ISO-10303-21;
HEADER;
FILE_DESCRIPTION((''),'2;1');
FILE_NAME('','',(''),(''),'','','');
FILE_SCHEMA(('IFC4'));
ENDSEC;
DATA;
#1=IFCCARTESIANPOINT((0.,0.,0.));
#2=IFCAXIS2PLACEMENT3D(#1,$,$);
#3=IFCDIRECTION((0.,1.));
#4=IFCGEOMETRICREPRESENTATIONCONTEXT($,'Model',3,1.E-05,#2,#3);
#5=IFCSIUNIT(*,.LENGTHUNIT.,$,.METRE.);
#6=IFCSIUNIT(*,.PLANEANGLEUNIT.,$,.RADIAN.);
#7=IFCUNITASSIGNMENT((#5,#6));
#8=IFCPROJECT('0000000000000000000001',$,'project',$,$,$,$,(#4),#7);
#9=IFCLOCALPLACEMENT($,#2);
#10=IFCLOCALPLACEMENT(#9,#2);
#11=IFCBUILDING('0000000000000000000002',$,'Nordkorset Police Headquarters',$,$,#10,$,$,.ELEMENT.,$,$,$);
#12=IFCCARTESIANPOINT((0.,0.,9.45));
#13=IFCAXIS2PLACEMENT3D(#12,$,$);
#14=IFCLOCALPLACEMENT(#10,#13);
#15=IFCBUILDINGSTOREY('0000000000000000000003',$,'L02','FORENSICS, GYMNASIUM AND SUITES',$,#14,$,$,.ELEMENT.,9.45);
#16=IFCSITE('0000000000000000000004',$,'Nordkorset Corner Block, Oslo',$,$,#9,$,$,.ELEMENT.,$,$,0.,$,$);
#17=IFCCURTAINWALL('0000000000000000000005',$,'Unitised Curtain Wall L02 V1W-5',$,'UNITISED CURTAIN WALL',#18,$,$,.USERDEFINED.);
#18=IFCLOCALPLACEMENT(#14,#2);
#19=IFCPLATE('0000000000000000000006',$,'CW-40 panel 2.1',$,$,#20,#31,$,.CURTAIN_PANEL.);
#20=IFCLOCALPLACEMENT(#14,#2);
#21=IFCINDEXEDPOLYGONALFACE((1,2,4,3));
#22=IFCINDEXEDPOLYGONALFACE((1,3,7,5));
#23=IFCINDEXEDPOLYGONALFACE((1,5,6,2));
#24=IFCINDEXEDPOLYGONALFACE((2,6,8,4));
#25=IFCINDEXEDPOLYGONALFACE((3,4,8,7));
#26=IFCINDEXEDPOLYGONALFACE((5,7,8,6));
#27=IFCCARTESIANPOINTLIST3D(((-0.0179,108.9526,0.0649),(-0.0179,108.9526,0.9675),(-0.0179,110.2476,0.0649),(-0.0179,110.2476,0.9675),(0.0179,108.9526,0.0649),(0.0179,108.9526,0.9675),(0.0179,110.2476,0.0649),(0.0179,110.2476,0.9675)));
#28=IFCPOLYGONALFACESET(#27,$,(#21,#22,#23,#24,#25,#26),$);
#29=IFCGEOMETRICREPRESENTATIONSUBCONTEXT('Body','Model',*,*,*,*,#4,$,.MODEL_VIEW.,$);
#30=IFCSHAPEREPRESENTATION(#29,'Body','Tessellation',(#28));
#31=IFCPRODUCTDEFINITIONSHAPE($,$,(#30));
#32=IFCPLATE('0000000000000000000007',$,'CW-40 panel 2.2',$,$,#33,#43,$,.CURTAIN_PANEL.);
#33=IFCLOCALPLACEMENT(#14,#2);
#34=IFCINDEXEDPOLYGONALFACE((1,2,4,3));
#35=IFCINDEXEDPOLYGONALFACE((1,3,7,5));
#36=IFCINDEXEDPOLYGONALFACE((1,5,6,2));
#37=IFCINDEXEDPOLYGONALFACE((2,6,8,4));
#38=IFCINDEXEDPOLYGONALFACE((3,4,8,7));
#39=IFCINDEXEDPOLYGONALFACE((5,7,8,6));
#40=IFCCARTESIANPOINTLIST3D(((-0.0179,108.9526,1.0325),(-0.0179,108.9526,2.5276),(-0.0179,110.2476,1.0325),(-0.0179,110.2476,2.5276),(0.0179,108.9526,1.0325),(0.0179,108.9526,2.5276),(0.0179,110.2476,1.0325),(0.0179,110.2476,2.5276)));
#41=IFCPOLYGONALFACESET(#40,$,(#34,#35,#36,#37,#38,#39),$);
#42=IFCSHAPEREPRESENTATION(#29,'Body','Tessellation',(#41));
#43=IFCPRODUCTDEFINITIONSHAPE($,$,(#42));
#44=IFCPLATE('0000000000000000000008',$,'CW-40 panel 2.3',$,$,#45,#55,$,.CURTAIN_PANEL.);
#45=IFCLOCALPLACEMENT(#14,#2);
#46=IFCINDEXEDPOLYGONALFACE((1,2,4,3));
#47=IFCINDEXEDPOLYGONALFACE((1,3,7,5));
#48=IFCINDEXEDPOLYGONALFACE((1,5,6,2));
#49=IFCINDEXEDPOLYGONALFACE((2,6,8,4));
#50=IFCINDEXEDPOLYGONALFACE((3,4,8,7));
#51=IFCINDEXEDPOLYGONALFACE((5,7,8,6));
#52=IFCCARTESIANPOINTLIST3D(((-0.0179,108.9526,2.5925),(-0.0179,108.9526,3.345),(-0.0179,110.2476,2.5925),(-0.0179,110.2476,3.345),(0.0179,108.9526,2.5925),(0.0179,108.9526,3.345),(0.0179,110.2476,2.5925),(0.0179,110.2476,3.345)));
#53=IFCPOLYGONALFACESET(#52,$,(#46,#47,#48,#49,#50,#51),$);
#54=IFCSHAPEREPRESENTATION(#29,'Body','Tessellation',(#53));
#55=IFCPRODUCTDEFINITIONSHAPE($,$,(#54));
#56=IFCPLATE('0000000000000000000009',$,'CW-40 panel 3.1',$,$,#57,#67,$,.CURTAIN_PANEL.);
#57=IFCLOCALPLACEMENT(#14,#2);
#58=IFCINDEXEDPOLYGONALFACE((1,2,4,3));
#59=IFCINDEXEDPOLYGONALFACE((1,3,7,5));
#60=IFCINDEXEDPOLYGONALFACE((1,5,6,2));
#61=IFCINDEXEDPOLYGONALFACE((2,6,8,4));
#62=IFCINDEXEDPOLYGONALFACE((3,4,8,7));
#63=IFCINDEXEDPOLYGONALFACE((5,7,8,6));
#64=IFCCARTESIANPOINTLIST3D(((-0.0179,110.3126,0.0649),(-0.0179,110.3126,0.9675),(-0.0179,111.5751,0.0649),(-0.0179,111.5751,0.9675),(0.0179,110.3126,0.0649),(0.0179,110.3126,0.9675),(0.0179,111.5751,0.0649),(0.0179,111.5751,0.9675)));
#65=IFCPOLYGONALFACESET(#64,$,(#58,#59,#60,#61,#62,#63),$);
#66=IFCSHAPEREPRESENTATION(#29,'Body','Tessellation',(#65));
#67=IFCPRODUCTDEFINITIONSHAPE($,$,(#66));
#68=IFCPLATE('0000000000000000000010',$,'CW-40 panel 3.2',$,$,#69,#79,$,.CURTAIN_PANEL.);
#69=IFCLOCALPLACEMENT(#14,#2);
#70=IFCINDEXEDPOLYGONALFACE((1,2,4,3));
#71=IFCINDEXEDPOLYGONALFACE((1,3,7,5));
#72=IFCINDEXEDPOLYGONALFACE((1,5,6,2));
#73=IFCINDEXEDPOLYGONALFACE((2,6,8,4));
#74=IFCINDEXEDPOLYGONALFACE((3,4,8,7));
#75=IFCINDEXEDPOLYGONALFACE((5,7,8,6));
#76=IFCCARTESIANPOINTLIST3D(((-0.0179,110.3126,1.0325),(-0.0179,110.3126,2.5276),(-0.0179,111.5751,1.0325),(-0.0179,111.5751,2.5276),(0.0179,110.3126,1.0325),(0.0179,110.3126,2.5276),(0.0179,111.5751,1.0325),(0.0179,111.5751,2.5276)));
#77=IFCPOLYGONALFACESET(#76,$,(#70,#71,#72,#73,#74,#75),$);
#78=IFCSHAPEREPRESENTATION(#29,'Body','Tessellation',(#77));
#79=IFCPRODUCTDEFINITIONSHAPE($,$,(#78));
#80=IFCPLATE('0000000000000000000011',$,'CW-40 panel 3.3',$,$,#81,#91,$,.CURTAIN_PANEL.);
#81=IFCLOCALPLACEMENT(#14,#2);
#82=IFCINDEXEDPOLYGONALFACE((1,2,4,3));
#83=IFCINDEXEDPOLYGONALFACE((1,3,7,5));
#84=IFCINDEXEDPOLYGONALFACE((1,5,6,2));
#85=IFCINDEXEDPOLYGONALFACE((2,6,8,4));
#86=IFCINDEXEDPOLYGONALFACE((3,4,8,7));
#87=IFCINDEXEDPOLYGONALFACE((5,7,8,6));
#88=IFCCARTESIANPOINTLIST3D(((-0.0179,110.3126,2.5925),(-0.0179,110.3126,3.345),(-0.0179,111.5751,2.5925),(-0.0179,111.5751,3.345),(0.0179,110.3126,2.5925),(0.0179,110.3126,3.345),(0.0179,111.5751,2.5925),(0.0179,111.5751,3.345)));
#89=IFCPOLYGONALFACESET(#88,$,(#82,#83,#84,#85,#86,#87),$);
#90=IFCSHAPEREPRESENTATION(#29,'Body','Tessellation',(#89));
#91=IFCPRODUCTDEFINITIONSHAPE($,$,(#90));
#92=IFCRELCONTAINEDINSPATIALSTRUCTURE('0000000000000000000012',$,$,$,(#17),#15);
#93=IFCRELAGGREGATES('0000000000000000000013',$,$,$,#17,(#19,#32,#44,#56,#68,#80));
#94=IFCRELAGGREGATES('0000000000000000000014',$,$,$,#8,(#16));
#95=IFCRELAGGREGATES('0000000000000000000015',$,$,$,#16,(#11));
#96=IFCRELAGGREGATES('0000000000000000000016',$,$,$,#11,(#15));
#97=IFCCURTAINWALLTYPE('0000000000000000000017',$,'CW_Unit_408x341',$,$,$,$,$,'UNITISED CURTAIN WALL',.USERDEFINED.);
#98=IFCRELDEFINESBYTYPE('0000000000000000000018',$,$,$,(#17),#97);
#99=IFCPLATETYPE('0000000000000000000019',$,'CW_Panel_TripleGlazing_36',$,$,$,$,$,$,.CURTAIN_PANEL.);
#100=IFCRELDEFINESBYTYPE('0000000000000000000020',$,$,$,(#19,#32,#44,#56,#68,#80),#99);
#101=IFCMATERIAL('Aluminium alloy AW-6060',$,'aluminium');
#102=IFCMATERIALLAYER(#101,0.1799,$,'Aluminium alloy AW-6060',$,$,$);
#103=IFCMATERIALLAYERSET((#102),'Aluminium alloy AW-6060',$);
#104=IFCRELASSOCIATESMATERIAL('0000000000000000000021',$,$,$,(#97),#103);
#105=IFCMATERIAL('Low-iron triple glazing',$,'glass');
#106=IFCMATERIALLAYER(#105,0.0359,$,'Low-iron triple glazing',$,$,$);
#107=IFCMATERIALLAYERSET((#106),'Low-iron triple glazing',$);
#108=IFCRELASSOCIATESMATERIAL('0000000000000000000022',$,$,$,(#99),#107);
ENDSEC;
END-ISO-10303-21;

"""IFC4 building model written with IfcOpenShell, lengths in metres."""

from ifc_helpers import new_model, si_unit, direction, frame, origin, origin_2d, place, context, subcontext, project, spatial, rectangle, extrude, material, layer, layer_set, type_object, element, aggregate, save


model = new_model("IFC4")

# Units and contexts
model_context = context("Model", 3, precision=1e-05, world=origin(), true_north=direction((0.0, 1.0)))
body_context = subcontext(model_context, "Body", "Model", "MODEL_VIEW")
ifc_project = project(units=[si_unit("LENGTHUNIT", "METRE"), si_unit("PLANEANGLEUNIT", "RADIAN")], contexts=[model_context])

# Site, building, storey
site_placement = place(None, origin())
site = spatial("IfcSite", under=ifc_project, at=site_placement, Name="Nordkorset Corner Block, Oslo", CompositionType="ELEMENT", RefElevation=0.0)
building_placement = place(site_placement, origin())
building = spatial("IfcBuilding", under=site, at=building_placement, Name="Nordkorset Police Headquarters", CompositionType="ELEMENT")
storey_placement = place(building_placement, frame((0.0, 0.0, 9.45)))
storey = spatial("IfcBuildingStorey", under=building, at=storey_placement, Name="L02", Description="FORENSICS, GYMNASIUM AND SUITES", CompositionType="ELEMENT", Elevation=9.45)

# Curtain wall
ifc_material_1 = material(Name="Aluminium alloy AW-6060", Category="aluminium")
ifc_layer_1 = layer(ifc_material_1, 0.1799, Name="Aluminium alloy AW-6060")
ifc_layer_set_1 = layer_set([ifc_layer_1], Name="Aluminium alloy AW-6060")
curtain_wall_type = type_object("IfcCurtainWallType", Name="CW_Unit_408x341", ElementType="UNITISED CURTAIN WALL", PredefinedType="USERDEFINED", material=ifc_layer_set_1)
curtain_wall_1_placement = place(storey_placement, origin())
curtain_wall_1 = element("IfcCurtainWall", 1, at=curtain_wall_1_placement, inside=storey, type_object=curtain_wall_type, Name="Unitised Curtain Wall L02 V1W-5", ObjectType="UNITISED CURTAIN WALL", PredefinedType="USERDEFINED")

# Plates
ifc_material_2 = material(Name="Low-iron triple glazing", Category="glass")
ifc_layer_2 = layer(ifc_material_2, 0.0359, Name="Low-iron triple glazing")
ifc_layer_set_2 = layer_set([ifc_layer_2], Name="Low-iron triple glazing")
plate_type = type_object("IfcPlateType", Name="CW_Panel_TripleGlazing_36", PredefinedType="CURTAIN_PANEL", material=ifc_layer_set_2)
plate_1_placement = place(storey_placement, frame((0.0, 109.6001, 0.0649), z_axis=(0.0, 0.0, 1.0), x_axis=(0.0, 1.0, 0.0)))
plate_1 = element("IfcPlate", 2, at=plate_1_placement, type_object=plate_type, Name="CW-40 panel 2.1", PredefinedType="CURTAIN_PANEL", context=body_context, shape_type="SweptSolid", body=[
    extrude(rectangle(XDim=1.2949, YDim=0.0359, at=origin_2d()), origin(), (0.0, 0.0, 1.0), 0.9026),
])
plate_2_placement = place(storey_placement, frame((0.0, 109.6001, 1.0325), z_axis=(0.0, 0.0, 1.0), x_axis=(0.0, 1.0, 0.0)))
plate_2 = element("IfcPlate", 3, at=plate_2_placement, type_object=plate_type, Name="CW-40 panel 2.2", PredefinedType="CURTAIN_PANEL", context=body_context, shape_type="SweptSolid", body=[
    extrude(rectangle(XDim=1.2949, YDim=0.0359, at=origin_2d()), origin(), (0.0, 0.0, 1.0), 1.4951),
])
plate_3_placement = place(storey_placement, frame((0.0, 109.6001, 2.5925), z_axis=(0.0, 0.0, 1.0), x_axis=(0.0, 1.0, 0.0)))
plate_3 = element("IfcPlate", 4, at=plate_3_placement, type_object=plate_type, Name="CW-40 panel 2.3", PredefinedType="CURTAIN_PANEL", context=body_context, shape_type="SweptSolid", body=[
    extrude(rectangle(XDim=1.2949, YDim=0.0359, at=origin_2d()), origin(), (0.0, 0.0, 1.0), 0.7524),
])
plate_4_placement = place(storey_placement, frame((0.0, 110.9438, 0.0649), z_axis=(0.0, 0.0, 1.0), x_axis=(0.0, 1.0, 0.0)))
plate_4 = element("IfcPlate", 5, at=plate_4_placement, type_object=plate_type, Name="CW-40 panel 3.1", PredefinedType="CURTAIN_PANEL", context=body_context, shape_type="SweptSolid", body=[
    extrude(rectangle(XDim=1.2625, YDim=0.0359, at=origin_2d()), origin(), (0.0, 0.0, 1.0), 0.9026),
])
plate_5_placement = place(storey_placement, frame((0.0, 110.9438, 1.0325), z_axis=(0.0, 0.0, 1.0), x_axis=(0.0, 1.0, 0.0)))
plate_5 = element("IfcPlate", 6, at=plate_5_placement, type_object=plate_type, Name="CW-40 panel 3.2", PredefinedType="CURTAIN_PANEL", context=body_context, shape_type="SweptSolid", body=[
    extrude(rectangle(XDim=1.2625, YDim=0.0359, at=origin_2d()), origin(), (0.0, 0.0, 1.0), 1.4951),
])
plate_6_placement = place(storey_placement, frame((0.0, 110.9438, 2.5925), z_axis=(0.0, 0.0, 1.0), x_axis=(0.0, 1.0, 0.0)))
plate_6 = element("IfcPlate", 7, at=plate_6_placement, type_object=plate_type, Name="CW-40 panel 3.3", PredefinedType="CURTAIN_PANEL", context=body_context, shape_type="SweptSolid", body=[
    extrude(rectangle(XDim=1.2625, YDim=0.0359, at=origin_2d()), origin(), (0.0, 0.0, 1.0), 0.7524),
])
aggregate(curtain_wall_1, [plate_1, plate_2, plate_3, plate_4, plate_5, plate_6])

save(model, "model.ifc")
